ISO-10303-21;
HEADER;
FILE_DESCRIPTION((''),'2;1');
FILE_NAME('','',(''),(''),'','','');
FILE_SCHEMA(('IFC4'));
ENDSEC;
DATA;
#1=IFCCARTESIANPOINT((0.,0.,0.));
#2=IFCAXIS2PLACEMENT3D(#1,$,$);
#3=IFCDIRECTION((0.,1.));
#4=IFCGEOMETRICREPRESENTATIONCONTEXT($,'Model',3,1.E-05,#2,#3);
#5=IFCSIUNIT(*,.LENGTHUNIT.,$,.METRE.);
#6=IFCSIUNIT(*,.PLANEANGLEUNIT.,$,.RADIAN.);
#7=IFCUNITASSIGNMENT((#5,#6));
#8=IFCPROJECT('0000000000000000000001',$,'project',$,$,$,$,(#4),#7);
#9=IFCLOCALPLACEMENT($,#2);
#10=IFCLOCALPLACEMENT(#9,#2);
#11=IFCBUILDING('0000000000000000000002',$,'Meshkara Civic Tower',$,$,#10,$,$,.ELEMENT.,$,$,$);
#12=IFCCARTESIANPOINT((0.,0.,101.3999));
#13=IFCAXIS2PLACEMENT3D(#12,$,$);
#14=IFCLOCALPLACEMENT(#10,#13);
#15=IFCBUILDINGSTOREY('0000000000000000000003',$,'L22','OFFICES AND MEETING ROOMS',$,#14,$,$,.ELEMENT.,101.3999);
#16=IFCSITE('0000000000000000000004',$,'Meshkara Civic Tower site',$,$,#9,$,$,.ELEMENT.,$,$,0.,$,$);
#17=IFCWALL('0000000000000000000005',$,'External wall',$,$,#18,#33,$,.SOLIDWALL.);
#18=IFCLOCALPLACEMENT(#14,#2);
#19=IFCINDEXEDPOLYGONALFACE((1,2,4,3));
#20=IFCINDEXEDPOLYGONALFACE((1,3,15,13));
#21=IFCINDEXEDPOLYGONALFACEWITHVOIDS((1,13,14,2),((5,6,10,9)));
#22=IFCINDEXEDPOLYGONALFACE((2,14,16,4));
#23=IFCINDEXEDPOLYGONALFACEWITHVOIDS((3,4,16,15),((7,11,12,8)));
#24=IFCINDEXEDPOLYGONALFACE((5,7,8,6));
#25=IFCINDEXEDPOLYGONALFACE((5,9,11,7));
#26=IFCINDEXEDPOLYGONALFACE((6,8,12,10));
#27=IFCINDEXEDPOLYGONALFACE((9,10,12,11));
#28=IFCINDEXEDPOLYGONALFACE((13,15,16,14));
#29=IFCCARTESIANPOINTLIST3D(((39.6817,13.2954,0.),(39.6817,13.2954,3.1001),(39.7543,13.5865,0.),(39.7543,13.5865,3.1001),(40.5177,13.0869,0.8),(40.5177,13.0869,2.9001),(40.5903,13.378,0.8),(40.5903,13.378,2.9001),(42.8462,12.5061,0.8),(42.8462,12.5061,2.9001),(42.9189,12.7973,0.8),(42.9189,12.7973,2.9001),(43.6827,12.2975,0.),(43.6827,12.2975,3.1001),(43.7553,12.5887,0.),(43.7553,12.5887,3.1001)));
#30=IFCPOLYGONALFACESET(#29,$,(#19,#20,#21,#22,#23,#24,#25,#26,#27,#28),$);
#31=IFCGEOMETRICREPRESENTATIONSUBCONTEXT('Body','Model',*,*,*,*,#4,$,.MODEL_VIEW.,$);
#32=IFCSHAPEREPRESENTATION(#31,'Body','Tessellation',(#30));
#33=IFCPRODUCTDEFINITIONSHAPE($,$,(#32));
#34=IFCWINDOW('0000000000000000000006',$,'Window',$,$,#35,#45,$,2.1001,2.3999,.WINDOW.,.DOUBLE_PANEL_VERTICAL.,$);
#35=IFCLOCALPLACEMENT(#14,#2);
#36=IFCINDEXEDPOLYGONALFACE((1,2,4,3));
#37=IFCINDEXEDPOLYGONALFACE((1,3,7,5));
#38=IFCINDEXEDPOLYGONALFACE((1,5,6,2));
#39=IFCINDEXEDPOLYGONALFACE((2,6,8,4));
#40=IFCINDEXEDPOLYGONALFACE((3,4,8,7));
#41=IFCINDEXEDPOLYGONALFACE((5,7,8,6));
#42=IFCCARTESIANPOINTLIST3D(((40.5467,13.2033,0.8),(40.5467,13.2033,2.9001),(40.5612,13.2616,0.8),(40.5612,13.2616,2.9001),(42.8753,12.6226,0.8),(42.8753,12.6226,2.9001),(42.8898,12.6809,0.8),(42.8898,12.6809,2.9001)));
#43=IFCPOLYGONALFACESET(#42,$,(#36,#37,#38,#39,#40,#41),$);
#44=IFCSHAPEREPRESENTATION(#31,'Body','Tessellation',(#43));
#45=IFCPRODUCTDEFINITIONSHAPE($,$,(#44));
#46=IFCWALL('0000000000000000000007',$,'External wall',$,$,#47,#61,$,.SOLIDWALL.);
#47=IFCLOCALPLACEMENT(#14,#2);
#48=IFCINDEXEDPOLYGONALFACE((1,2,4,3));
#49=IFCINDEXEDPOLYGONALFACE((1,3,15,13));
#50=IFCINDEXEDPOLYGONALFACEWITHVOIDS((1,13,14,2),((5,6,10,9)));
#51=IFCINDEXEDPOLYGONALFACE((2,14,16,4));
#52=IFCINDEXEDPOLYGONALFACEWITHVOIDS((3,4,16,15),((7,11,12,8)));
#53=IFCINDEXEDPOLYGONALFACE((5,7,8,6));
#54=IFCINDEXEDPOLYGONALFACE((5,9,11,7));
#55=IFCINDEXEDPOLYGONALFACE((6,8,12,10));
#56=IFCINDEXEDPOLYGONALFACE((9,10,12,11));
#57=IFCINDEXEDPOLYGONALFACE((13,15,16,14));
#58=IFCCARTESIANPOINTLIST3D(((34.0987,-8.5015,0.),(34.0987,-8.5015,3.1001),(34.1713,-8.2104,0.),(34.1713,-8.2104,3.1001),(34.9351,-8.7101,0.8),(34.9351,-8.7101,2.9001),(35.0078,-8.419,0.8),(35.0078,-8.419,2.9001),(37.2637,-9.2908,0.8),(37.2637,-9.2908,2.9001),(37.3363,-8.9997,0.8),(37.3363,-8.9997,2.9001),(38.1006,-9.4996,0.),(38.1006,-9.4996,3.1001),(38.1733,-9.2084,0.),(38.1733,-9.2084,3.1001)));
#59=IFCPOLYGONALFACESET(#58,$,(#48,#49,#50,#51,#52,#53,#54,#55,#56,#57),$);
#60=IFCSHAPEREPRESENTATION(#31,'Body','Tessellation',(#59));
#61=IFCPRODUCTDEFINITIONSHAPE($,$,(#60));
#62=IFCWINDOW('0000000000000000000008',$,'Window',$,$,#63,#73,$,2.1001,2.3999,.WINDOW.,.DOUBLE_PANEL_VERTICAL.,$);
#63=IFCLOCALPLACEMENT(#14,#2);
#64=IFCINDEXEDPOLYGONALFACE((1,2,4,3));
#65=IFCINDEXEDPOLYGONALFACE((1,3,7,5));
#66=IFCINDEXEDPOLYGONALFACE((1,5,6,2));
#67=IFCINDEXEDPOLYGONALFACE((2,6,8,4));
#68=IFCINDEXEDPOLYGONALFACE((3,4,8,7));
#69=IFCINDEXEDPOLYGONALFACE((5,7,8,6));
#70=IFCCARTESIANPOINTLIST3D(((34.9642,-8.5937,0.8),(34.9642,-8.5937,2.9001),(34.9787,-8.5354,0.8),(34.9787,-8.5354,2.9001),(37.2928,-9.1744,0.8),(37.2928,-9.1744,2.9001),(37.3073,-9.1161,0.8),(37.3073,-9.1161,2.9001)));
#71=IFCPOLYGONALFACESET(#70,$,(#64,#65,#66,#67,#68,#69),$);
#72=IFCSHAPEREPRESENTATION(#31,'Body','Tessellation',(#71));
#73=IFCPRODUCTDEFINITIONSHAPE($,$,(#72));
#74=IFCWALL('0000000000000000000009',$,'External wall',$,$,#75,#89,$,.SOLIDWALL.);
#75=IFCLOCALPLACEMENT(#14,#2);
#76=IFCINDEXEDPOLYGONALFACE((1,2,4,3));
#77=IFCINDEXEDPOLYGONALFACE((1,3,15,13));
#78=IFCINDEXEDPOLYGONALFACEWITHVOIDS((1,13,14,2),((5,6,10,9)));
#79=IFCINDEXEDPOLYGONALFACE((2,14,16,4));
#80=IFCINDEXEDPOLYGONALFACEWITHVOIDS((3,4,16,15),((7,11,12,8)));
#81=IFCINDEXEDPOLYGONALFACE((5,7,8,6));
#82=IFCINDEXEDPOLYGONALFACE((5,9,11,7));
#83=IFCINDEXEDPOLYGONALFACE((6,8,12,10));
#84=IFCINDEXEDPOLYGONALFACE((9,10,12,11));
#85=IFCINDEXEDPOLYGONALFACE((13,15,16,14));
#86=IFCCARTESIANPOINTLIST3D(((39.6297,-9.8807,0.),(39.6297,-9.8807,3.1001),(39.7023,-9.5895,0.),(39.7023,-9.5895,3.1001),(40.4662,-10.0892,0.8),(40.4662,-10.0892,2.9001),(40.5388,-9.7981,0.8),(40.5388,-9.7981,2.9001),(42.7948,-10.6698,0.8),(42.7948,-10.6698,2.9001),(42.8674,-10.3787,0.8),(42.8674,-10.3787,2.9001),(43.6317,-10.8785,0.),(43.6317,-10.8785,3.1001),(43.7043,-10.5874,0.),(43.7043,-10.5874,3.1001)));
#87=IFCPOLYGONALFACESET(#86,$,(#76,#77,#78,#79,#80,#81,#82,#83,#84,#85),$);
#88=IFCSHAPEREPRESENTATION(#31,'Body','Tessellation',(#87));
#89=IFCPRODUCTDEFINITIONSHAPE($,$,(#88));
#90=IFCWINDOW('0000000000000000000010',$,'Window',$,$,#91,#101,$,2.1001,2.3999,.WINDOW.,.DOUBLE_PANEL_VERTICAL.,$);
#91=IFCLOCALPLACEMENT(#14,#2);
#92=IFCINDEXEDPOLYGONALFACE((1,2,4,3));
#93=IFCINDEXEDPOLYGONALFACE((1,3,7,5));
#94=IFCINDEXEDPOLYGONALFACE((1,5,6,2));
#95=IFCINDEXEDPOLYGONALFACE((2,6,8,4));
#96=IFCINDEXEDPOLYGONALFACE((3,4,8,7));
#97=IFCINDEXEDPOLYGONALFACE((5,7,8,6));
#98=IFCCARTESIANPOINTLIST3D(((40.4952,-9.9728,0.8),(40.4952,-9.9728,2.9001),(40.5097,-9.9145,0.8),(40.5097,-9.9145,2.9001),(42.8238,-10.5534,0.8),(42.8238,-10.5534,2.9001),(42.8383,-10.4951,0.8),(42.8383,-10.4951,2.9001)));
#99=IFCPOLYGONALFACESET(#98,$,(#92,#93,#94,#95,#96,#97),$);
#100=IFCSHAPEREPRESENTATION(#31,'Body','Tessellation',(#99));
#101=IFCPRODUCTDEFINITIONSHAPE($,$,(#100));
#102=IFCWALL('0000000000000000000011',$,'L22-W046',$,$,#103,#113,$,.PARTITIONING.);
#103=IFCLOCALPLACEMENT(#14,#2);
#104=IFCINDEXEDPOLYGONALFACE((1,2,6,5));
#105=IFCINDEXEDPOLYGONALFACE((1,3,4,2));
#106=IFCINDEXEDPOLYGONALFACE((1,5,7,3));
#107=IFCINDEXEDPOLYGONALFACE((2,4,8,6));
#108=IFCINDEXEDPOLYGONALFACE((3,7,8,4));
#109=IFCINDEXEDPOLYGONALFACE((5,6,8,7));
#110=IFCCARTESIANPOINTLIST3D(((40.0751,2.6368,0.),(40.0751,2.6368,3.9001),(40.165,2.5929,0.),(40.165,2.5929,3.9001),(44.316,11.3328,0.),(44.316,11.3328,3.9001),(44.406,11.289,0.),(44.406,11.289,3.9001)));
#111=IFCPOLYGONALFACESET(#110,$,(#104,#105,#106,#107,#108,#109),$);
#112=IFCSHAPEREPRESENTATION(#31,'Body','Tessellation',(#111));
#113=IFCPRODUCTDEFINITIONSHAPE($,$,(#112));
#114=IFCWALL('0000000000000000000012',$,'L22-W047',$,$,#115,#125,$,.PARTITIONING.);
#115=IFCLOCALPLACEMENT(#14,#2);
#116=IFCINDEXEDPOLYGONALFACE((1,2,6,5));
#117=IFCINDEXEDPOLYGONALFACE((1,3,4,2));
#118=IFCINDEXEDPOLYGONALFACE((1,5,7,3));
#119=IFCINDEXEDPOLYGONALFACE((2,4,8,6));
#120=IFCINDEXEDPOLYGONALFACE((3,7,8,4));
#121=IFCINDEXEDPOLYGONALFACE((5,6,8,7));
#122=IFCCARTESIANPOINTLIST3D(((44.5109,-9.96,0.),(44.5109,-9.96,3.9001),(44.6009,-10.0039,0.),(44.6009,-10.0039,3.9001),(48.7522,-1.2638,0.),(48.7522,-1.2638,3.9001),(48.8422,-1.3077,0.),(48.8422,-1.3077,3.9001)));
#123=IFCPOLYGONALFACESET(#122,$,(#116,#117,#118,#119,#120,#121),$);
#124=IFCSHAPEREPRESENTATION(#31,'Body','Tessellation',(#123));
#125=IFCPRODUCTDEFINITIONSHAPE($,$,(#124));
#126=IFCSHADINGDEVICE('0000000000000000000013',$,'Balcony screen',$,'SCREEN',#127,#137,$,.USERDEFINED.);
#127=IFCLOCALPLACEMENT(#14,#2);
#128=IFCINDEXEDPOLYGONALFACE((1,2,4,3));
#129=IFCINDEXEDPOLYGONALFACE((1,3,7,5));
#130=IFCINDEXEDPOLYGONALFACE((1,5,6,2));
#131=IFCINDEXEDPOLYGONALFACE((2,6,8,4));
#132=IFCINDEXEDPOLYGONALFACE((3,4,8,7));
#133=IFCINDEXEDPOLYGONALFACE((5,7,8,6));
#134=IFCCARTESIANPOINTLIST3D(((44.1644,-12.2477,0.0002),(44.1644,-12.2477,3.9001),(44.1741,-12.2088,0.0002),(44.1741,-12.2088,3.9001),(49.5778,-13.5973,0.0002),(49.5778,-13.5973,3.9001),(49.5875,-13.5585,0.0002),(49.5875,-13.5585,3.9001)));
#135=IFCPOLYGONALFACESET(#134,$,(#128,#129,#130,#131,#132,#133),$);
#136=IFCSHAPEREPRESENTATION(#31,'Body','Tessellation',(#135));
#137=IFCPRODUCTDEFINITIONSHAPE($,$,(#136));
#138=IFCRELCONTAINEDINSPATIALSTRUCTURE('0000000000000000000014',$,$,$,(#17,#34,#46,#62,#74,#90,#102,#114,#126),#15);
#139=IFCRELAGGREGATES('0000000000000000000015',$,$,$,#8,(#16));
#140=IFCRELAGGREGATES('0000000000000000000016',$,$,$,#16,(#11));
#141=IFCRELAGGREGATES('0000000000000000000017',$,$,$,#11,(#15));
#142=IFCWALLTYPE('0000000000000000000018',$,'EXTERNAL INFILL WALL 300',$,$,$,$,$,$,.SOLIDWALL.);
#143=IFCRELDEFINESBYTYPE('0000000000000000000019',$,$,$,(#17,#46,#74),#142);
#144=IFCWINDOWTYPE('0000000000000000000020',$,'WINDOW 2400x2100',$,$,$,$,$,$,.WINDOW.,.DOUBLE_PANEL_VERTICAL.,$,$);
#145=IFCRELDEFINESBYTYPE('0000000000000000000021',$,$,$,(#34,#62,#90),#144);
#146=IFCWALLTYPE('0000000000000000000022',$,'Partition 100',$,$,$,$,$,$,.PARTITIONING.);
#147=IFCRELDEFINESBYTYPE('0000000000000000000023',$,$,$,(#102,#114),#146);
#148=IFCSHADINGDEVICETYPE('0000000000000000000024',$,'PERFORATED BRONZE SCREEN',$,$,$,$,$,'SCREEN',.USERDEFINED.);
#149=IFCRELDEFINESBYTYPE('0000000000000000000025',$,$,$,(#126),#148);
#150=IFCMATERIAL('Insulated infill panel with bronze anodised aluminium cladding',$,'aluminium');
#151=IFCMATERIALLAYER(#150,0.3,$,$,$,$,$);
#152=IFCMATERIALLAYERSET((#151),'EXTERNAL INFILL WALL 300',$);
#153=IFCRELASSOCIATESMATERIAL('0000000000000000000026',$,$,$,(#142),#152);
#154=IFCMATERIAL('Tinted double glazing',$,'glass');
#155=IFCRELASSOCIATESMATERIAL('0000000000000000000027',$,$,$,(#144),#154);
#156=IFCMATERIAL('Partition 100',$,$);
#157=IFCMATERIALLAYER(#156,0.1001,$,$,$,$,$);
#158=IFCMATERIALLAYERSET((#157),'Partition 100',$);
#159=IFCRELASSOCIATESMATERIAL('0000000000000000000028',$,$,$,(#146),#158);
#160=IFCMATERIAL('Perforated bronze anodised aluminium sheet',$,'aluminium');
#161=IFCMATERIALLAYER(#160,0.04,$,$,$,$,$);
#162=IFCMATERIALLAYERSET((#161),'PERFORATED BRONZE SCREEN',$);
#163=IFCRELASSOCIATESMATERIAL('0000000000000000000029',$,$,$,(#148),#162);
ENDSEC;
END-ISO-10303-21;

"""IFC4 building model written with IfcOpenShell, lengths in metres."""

from ifc_helpers import new_model, si_unit, direction, frame, frame_2d, origin, origin_2d, place, context, subcontext, project, spatial, rectangle, extrude, material, layer, layer_set, type_object, element, fill, save


model = new_model("IFC4")

# Units and contexts
model_context = context("Model", 3, precision=1e-05, world=origin(), true_north=direction((0.0, 1.0)))
body_context = subcontext(model_context, "Body", "Model", "MODEL_VIEW")
ifc_project = project(units=[si_unit("LENGTHUNIT", "METRE"), si_unit("PLANEANGLEUNIT", "RADIAN")], contexts=[model_context])

# Site, building, storey
site_placement = place(None, origin())
site = spatial("IfcSite", under=ifc_project, at=site_placement, Name="Meshkara Civic Tower site", CompositionType="ELEMENT", RefElevation=0.0)
building_placement = place(site_placement, origin())
building = spatial("IfcBuilding", under=site, at=building_placement, Name="Meshkara Civic Tower", CompositionType="ELEMENT")
storey_placement = place(building_placement, frame((0.0, 0.0, 101.3999)))
storey = spatial("IfcBuildingStorey", under=building, at=storey_placement, Name="L22", Description="OFFICES AND MEETING ROOMS", CompositionType="ELEMENT", Elevation=101.3999)

# Walls, openings, windows
ifc_material_1 = material(Name="Insulated infill panel with bronze anodised aluminium cladding", Category="aluminium")
ifc_layer_1 = layer(ifc_material_1, 0.3)
ifc_layer_set_1 = layer_set([ifc_layer_1], Name="EXTERNAL INFILL WALL 300")
wall_type_1 = type_object("IfcWallType", Name="EXTERNAL INFILL WALL 300", PredefinedType="SOLIDWALL", material=ifc_layer_set_1)
wall_1_placement = place(storey_placement, frame((43.719, 12.4431, 0.0), z_axis=(0.0, 0.0, 1.0), x_axis=(-0.970282, 0.241978, 0.0)))
wall_1 = element("IfcWall", 1, at=wall_1_placement, inside=storey, type_object=wall_type_1, Name="External wall", PredefinedType="SOLIDWALL", context=body_context, shape_type="SweptSolid", body=[
    extrude(rectangle(XDim=4.1235, YDim=0.3, at=frame_2d((2.0618, 0.0))), origin(), (0.0, 0.0, 1.0), 3.1001),
])
opening_1_placement = place(wall_1_placement, frame((0.8621, 0.0, 0.8)))
opening_1 = element("IfcOpeningElement", 2, at=opening_1_placement, cuts=wall_1, PredefinedType="OPENING", context=body_context, shape_type="SweptSolid", body=[
    extrude(rectangle(XDim=2.3999, YDim=2.1001, at=frame_2d((1.2, 1.05))), frame((0.0, 0.1599, 0.0), z_axis=(0.0, -1.0, 0.0), x_axis=(1.0, 0.0, 0.0)), (0.0, 0.0, 1.0), 0.3201),
])
ifc_material_2 = material(Name="Tinted double glazing", Category="glass")
window_type = type_object("IfcWindowType", Name="WINDOW 2400x2100", PartitioningType="DOUBLE_PANEL_VERTICAL", PredefinedType="WINDOW", material=ifc_material_2)
window_1_placement = place(opening_1_placement, origin())
window_1 = element("IfcWindow", 3, at=window_1_placement, inside=storey, type_object=window_type, Name="Window", OverallHeight=2.1001, OverallWidth=2.3999, PartitioningType="DOUBLE_PANEL_VERTICAL", PredefinedType="WINDOW", context=body_context, shape_type="SweptSolid", body=[
    extrude(rectangle(XDim=2.3999, YDim=2.1001, at=frame_2d((1.2, 1.05))), frame((0.0, 0.03, 0.0), z_axis=(0.0, -1.0, 0.0), x_axis=(1.0, 0.0, 0.0)), (0.0, 0.0, 1.0), 0.0601),
])
fill(opening_1, window_1)
wall_2_placement = place(storey_placement, frame((34.135, -8.356, 0.0), z_axis=(0.0, 0.0, 1.0), x_axis=(0.970282, -0.241978, 0.0)))
wall_2 = element("IfcWall", 4, at=wall_2_placement, inside=storey, type_object=wall_type_1, Name="External wall", PredefinedType="SOLIDWALL", context=body_context, shape_type="SweptSolid", body=[
    extrude(rectangle(XDim=4.1245, YDim=0.3, at=frame_2d((2.0623, 0.0))), origin(), (0.0, 0.0, 1.0), 3.1001),
])
opening_2_placement = place(wall_2_placement, frame((0.8621, 0.0, 0.8)))
opening_2 = element("IfcOpeningElement", 5, at=opening_2_placement, cuts=wall_2, PredefinedType="OPENING", context=body_context, shape_type="SweptSolid", body=[
    extrude(rectangle(XDim=2.3999, YDim=2.1001, at=frame_2d((1.2, 1.05))), frame((0.0, 0.1599, 0.0), z_axis=(0.0, -1.0, 0.0), x_axis=(1.0, 0.0, 0.0)), (0.0, 0.0, 1.0), 0.3201),
])
window_2_placement = place(opening_2_placement, origin())
window_2 = element("IfcWindow", 6, at=window_2_placement, inside=storey, type_object=window_type, Name="Window", OverallHeight=2.1001, OverallWidth=2.3999, PartitioningType="DOUBLE_PANEL_VERTICAL", PredefinedType="WINDOW", context=body_context, shape_type="SweptSolid", body=[
    extrude(rectangle(XDim=2.3999, YDim=2.1001, at=frame_2d((1.2, 1.05))), frame((0.0, 0.03, 0.0), z_axis=(0.0, -1.0, 0.0), x_axis=(1.0, 0.0, 0.0)), (0.0, 0.0, 1.0), 0.0601),
])
fill(opening_2, window_2)
wall_3_placement = place(storey_placement, frame((39.666, -9.7351, 0.0), z_axis=(0.0, 0.0, 1.0), x_axis=(0.970296, -0.241923, 0.0)))
wall_3 = element("IfcWall", 7, at=wall_3_placement, inside=storey, type_object=wall_type_1, Name="External wall", PredefinedType="SOLIDWALL", context=body_context, shape_type="SweptSolid", body=[
    extrude(rectangle(XDim=4.1245, YDim=0.3, at=frame_2d((2.0623, 0.0))), origin(), (0.0, 0.0, 1.0), 3.1001),
])
opening_3_placement = place(wall_3_placement, frame((0.8621, 0.0, 0.8)))
opening_3 = element("IfcOpeningElement", 8, at=opening_3_placement, cuts=wall_3, PredefinedType="OPENING", context=body_context, shape_type="SweptSolid", body=[
    extrude(rectangle(XDim=2.3999, YDim=2.1001, at=frame_2d((1.2, 1.05))), frame((0.0, 0.1599, 0.0), z_axis=(0.0, -1.0, 0.0), x_axis=(1.0, 0.0, 0.0)), (0.0, 0.0, 1.0), 0.3201),
])
window_3_placement = place(opening_3_placement, origin())
window_3 = element("IfcWindow", 9, at=window_3_placement, inside=storey, type_object=window_type, Name="Window", OverallHeight=2.1001, OverallWidth=2.3999, PartitioningType="DOUBLE_PANEL_VERTICAL", PredefinedType="WINDOW", context=body_context, shape_type="SweptSolid", body=[
    extrude(rectangle(XDim=2.3999, YDim=2.1001, at=frame_2d((1.2, 1.05))), frame((0.0, 0.03, 0.0), z_axis=(0.0, -1.0, 0.0), x_axis=(1.0, 0.0, 0.0)), (0.0, 0.0, 1.0), 0.0601),
])
fill(opening_3, window_3)

# Walls
ifc_material_3 = material(Name="Partition 100")
ifc_layer_2 = layer(ifc_material_3, 0.1001)
ifc_layer_set_2 = layer_set([ifc_layer_2], Name="Partition 100")
wall_type_2 = type_object("IfcWallType", Name="Partition 100", PredefinedType="PARTITIONING", material=ifc_layer_set_2)
wall_4_placement = place(storey_placement, frame((40.1201, 2.615, 0.0), z_axis=(0.0, 0.0, 1.0), x_axis=(0.43834, 0.898809, 0.0)))
element("IfcWall", 10, at=wall_4_placement, inside=storey, type_object=wall_type_2, Name="L22-W046", PredefinedType="PARTITIONING", context=body_context, shape_type="SweptSolid", body=[
    extrude(rectangle(XDim=9.675, YDim=0.1001, at=frame_2d((4.8374, 0.0))), origin(), (0.0, 0.0, 1.0), 3.9001),
])
wall_5_placement = place(storey_placement, frame((44.5559, -9.9819, 0.0), z_axis=(0.0, 0.0, 1.0), x_axis=(0.43836, 0.898799, 0.0)))
element("IfcWall", 11, at=wall_5_placement, inside=storey, type_object=wall_type_2, Name="L22-W047", PredefinedType="PARTITIONING", context=body_context, shape_type="SweptSolid", body=[
    extrude(rectangle(XDim=9.6753, YDim=0.1001, at=frame_2d((4.8376, 0.0))), origin(), (0.0, 0.0, 1.0), 3.9001),
])

# Shading device
ifc_material_4 = material(Name="Perforated bronze anodised aluminium sheet", Category="aluminium")
ifc_layer_3 = layer(ifc_material_4, 0.04)
ifc_layer_set_3 = layer_set([ifc_layer_3], Name="PERFORATED BRONZE SCREEN")
shading_device_type = type_object("IfcShadingDeviceType", Name="PERFORATED BRONZE SCREEN", ElementType="SCREEN", PredefinedType="USERDEFINED", material=ifc_layer_set_3)
shading_device_placement = place(storey_placement, frame((46.876, -12.9031, 0.0002), z_axis=(0.0, 0.0, 1.0), x_axis=(0.9703, -0.241905, 0.0)))
element("IfcShadingDevice", 12, at=shading_device_placement, inside=storey, type_object=shading_device_type, Name="Balcony screen", ObjectType="SCREEN", PredefinedType="USERDEFINED", context=body_context, shape_type="SweptSolid", body=[
    extrude(rectangle(XDim=5.5791, YDim=0.04, at=origin_2d()), origin(), (0.0, 0.0, 1.0), 3.8999),
])

save(model, "model.ifc")
